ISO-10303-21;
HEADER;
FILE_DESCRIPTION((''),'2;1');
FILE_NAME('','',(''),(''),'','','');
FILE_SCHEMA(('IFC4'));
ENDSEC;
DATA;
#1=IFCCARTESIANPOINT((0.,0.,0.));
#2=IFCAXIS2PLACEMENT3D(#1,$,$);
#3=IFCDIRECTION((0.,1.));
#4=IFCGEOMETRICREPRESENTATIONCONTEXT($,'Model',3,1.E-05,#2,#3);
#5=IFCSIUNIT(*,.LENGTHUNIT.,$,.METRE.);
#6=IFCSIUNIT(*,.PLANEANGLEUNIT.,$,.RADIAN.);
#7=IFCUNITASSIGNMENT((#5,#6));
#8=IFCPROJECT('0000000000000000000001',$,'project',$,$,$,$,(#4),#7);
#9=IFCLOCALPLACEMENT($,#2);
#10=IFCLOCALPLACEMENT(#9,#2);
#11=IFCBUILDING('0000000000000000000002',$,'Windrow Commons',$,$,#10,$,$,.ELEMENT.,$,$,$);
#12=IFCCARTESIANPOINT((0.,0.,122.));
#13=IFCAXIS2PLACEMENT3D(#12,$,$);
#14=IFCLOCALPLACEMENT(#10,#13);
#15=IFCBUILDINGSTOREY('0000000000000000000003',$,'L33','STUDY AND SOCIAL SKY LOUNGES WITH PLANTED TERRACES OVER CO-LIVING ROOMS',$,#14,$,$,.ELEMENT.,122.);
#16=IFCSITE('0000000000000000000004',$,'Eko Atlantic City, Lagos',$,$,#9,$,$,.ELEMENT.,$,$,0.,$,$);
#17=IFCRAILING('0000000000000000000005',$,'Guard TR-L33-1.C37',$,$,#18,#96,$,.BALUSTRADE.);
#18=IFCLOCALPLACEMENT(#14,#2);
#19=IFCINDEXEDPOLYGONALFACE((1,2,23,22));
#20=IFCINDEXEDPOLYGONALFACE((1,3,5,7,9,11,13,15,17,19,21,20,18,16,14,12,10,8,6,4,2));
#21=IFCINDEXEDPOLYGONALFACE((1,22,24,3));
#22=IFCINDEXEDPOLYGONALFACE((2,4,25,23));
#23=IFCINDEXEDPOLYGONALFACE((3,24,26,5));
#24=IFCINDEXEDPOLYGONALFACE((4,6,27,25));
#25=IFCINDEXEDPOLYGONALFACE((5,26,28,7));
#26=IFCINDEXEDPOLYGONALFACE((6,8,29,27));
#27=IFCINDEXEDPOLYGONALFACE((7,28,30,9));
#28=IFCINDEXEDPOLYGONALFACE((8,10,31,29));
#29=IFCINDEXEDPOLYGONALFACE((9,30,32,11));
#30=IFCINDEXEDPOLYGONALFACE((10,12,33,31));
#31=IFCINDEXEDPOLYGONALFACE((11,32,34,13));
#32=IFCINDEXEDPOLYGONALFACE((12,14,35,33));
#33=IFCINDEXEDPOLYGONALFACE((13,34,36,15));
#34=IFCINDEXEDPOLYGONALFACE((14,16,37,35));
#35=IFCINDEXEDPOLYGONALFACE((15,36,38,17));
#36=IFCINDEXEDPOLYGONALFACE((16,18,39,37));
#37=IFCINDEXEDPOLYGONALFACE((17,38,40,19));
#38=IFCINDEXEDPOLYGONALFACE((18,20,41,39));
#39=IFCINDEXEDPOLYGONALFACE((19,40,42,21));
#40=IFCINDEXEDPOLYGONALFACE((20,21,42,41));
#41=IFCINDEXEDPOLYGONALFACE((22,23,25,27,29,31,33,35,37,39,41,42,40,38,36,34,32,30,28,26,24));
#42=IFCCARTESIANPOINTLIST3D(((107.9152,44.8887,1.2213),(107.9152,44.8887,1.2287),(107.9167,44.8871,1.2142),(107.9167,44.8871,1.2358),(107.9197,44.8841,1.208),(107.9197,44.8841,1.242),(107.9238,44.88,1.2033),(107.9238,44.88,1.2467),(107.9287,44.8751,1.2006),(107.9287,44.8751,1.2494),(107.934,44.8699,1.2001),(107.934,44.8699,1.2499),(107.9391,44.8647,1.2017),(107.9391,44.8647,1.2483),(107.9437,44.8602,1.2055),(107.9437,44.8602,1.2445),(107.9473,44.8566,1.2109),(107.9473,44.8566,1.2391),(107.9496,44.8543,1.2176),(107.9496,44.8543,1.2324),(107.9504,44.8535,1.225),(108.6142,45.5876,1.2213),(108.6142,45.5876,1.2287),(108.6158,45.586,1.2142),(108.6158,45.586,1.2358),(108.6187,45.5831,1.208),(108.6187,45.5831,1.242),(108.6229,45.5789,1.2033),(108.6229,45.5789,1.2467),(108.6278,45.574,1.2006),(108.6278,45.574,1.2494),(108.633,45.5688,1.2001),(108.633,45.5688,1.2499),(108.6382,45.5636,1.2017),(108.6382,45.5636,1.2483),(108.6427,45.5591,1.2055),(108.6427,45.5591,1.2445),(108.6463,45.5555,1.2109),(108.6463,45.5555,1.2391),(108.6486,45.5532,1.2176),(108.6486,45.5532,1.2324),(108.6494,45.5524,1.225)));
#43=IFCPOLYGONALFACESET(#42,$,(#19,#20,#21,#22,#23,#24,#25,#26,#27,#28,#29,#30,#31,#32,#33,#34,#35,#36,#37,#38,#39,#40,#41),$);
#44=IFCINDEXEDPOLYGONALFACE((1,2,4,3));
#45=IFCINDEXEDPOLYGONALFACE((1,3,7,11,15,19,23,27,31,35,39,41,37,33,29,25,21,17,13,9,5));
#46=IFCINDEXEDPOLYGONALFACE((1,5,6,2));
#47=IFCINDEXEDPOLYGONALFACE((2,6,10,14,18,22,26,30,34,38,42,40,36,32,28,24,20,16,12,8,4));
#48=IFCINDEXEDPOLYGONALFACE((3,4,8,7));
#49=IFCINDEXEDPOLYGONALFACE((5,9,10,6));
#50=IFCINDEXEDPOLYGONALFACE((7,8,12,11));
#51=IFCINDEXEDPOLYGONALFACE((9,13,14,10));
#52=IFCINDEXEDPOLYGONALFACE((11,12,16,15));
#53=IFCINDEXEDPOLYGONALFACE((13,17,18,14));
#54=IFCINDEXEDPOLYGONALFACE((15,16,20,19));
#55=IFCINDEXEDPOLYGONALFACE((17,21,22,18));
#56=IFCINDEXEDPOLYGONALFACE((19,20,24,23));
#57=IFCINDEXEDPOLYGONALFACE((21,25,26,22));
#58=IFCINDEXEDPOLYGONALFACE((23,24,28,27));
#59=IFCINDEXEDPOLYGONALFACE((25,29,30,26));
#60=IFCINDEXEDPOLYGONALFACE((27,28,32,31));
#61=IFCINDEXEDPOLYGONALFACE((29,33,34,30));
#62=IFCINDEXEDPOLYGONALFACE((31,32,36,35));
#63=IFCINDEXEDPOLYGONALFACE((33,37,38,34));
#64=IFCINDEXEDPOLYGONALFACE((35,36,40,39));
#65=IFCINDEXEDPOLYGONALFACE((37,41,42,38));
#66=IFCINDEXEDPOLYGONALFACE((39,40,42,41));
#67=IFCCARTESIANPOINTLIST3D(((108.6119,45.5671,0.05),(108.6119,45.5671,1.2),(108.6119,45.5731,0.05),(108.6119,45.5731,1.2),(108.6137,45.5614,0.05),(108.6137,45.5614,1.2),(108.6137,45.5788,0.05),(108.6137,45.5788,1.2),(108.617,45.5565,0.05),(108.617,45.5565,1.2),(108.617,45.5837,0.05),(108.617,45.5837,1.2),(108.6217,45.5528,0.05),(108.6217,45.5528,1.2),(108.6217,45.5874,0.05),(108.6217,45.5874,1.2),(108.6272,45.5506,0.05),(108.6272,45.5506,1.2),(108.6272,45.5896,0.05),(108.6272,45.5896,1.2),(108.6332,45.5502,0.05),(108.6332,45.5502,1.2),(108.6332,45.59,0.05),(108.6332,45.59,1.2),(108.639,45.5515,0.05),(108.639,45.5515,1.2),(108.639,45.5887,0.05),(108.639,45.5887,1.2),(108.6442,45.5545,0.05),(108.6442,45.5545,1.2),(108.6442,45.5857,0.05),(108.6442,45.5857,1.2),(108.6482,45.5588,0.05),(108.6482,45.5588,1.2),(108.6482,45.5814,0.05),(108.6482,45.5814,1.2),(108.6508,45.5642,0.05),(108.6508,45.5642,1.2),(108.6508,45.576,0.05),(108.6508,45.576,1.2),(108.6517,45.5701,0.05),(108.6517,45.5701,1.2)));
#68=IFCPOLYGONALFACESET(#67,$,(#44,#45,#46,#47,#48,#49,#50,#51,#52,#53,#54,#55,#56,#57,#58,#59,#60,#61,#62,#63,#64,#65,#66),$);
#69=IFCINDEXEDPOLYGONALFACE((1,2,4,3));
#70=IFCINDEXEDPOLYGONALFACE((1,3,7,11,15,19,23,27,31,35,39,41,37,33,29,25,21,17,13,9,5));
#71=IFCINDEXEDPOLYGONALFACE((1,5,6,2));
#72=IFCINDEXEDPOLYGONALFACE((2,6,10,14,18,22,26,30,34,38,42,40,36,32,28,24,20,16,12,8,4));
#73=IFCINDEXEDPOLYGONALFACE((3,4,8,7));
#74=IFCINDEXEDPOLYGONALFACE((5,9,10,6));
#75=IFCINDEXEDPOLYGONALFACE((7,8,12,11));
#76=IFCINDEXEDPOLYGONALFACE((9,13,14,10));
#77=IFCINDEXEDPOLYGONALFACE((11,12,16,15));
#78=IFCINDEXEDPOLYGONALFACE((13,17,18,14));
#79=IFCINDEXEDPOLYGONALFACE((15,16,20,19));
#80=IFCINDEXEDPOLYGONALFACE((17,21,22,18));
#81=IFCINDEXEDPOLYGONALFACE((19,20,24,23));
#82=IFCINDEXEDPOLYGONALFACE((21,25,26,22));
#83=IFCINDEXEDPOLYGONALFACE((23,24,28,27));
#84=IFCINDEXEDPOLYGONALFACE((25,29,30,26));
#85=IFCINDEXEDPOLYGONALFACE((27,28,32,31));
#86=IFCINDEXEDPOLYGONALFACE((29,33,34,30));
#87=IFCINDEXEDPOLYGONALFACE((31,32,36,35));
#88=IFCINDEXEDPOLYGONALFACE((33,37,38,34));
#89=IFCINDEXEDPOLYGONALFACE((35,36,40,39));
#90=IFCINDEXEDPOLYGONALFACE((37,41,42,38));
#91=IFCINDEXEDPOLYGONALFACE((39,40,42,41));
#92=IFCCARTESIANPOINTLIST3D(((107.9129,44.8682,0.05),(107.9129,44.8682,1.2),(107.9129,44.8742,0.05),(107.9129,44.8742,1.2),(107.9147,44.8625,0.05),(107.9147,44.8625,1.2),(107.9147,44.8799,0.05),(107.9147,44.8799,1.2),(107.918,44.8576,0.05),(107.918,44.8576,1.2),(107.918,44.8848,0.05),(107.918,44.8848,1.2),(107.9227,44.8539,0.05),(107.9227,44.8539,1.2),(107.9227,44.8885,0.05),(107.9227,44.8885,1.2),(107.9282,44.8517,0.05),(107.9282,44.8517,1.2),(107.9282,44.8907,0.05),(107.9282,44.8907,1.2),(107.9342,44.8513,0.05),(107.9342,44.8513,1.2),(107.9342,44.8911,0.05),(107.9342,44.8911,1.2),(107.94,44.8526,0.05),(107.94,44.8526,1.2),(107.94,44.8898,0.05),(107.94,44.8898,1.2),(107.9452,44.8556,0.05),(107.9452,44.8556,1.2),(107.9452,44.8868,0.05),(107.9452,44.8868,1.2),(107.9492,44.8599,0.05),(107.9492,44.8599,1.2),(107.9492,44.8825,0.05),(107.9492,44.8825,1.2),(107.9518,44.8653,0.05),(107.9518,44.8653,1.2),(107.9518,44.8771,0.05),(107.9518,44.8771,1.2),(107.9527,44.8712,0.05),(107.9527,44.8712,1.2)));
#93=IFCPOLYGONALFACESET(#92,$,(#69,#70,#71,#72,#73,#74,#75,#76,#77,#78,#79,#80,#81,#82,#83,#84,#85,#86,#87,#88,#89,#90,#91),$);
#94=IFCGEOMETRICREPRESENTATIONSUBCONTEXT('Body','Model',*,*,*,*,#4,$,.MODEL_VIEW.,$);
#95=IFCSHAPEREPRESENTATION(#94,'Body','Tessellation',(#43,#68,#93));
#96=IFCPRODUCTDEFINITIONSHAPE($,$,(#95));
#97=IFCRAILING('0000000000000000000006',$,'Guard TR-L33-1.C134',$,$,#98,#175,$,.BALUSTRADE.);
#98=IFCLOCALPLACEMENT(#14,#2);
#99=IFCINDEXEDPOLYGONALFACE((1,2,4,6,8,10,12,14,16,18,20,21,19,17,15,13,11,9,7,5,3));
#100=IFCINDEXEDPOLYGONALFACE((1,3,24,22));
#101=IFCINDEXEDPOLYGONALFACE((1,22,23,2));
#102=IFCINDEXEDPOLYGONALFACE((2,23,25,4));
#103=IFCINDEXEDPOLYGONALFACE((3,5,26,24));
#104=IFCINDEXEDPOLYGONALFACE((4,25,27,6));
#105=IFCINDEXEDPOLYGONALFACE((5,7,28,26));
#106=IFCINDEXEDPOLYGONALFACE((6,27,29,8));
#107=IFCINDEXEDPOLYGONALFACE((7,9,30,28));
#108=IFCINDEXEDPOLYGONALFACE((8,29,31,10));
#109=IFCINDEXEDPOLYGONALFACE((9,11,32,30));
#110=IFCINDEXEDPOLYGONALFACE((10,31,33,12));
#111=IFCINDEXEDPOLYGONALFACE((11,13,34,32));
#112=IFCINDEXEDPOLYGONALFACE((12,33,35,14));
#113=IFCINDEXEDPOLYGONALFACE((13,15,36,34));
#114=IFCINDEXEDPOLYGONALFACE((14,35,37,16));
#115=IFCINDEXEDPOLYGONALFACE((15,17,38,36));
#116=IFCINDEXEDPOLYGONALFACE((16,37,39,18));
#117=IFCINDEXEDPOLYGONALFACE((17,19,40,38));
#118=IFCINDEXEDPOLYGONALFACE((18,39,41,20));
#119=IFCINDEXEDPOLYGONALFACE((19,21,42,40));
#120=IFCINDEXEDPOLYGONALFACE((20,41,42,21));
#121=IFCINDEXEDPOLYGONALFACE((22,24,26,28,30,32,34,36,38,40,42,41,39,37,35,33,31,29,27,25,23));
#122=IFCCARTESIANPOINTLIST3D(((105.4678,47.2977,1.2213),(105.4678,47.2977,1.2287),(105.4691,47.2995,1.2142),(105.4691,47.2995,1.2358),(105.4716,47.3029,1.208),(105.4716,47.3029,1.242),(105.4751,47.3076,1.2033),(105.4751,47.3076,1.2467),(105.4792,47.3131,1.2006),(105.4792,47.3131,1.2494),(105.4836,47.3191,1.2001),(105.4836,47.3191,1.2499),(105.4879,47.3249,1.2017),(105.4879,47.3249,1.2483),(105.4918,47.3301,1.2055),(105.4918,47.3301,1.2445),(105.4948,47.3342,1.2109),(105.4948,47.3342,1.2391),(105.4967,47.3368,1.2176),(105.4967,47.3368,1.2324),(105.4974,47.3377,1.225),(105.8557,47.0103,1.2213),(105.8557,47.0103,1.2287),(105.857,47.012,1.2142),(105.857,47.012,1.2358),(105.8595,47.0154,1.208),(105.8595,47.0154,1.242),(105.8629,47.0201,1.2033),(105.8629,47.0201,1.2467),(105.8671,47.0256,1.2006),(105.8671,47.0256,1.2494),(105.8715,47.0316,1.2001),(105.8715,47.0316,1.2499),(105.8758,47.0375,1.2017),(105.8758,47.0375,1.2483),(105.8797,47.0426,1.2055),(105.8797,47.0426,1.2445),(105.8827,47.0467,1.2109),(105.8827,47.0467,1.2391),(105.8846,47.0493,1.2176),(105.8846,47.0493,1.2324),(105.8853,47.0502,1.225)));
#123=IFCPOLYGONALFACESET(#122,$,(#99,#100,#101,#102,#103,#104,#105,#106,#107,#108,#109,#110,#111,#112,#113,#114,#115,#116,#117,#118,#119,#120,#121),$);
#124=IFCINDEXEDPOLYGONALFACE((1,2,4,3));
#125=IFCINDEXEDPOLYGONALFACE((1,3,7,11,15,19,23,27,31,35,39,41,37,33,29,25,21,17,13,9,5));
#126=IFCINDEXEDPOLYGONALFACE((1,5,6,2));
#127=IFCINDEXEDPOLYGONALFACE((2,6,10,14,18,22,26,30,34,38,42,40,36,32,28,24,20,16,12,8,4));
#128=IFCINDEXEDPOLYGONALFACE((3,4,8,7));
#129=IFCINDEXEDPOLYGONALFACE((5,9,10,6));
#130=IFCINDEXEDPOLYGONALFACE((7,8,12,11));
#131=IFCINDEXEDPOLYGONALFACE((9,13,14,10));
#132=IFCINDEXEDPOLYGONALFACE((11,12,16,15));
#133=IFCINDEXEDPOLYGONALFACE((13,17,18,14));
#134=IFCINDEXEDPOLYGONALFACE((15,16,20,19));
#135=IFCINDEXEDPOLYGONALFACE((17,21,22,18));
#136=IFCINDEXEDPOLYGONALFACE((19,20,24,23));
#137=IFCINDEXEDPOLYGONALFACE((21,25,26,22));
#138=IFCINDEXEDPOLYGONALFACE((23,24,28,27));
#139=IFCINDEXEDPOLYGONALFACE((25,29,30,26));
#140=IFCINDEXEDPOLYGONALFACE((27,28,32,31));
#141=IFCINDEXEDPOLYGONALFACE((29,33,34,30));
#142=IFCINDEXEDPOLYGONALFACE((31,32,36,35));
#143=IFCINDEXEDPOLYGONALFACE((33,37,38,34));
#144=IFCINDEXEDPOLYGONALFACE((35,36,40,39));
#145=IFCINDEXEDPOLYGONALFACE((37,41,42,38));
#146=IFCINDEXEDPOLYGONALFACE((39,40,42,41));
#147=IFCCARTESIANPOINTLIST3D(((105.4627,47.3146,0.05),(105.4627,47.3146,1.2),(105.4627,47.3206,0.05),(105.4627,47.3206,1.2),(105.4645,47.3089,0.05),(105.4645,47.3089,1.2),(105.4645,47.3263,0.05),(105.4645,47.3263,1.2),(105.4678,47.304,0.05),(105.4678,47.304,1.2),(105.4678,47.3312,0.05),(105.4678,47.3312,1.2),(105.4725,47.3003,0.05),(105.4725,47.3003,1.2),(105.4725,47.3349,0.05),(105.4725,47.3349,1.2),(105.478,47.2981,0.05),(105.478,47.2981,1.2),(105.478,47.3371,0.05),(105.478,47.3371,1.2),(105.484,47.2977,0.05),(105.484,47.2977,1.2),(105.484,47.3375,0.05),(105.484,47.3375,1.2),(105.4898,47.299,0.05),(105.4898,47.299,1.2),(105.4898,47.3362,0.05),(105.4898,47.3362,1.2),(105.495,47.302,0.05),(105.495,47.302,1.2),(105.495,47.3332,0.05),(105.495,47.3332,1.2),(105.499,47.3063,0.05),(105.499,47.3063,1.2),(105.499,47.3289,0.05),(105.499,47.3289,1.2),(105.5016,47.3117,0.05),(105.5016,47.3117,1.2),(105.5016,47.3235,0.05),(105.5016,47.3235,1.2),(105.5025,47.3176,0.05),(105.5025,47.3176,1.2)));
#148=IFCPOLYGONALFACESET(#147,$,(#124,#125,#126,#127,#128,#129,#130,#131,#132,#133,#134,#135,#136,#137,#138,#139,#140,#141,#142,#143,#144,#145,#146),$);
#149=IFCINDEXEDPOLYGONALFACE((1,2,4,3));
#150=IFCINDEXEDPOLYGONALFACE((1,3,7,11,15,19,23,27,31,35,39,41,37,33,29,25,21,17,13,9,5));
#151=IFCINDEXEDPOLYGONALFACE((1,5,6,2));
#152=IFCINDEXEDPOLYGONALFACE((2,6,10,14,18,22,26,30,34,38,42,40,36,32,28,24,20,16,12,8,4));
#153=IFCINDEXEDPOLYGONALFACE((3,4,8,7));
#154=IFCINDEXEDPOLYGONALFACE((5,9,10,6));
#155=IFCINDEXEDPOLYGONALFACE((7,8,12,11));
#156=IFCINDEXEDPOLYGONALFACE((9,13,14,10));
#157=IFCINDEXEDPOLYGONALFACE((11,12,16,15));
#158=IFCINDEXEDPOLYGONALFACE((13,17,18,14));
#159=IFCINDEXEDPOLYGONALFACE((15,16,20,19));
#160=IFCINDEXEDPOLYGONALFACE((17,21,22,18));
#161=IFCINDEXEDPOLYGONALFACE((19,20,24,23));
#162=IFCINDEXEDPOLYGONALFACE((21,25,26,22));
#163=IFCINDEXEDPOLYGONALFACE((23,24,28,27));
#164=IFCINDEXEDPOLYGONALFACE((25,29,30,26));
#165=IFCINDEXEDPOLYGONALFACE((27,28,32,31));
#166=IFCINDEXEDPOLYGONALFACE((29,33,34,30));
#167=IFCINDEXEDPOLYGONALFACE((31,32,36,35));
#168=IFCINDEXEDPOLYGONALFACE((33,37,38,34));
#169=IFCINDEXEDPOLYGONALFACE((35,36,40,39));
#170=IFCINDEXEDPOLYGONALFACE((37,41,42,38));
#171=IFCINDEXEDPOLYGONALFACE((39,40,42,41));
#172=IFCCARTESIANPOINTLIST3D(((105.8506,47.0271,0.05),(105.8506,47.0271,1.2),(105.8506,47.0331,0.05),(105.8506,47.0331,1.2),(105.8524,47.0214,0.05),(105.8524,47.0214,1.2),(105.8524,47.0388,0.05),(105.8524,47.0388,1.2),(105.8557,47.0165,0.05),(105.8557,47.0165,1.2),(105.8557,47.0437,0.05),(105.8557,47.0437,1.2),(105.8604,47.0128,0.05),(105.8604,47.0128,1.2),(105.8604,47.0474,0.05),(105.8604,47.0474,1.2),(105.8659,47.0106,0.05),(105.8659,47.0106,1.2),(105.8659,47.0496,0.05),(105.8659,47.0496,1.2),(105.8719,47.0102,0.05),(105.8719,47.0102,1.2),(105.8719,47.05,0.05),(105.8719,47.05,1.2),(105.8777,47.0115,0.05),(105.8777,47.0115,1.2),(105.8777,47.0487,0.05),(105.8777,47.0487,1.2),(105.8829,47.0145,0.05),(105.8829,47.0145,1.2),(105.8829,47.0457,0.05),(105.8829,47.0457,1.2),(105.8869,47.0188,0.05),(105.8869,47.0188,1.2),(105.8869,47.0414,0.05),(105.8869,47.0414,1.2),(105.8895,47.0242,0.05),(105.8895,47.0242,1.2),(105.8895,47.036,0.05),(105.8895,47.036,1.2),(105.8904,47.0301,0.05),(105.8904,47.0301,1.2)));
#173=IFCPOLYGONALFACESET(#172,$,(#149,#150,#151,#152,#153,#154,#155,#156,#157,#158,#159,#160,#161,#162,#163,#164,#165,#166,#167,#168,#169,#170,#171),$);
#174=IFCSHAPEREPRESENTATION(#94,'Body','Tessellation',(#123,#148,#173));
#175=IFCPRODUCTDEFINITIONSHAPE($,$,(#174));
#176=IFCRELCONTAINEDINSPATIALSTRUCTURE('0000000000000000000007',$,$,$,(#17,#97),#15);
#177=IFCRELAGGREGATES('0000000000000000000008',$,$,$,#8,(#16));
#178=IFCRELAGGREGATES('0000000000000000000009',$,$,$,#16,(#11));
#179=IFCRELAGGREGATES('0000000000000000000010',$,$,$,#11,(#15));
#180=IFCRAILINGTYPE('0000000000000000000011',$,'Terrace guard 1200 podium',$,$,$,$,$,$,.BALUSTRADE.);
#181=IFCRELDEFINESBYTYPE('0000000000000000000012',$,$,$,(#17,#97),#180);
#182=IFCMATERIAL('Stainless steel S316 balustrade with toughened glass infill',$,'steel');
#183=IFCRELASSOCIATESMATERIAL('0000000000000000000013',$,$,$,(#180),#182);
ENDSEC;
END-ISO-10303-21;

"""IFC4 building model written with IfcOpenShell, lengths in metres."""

from ifc_helpers import new_model, si_unit, direction, frame, origin, origin_2d, place, context, subcontext, project, spatial, circle, extrude, material, type_object, element, save


model = new_model("IFC4")

# Units and contexts
model_context = context("Model", 3, precision=1e-05, world=origin(), true_north=direction((0.0, 1.0)))
body_context = subcontext(model_context, "Body", "Model", "MODEL_VIEW")
ifc_project = project(units=[si_unit("LENGTHUNIT", "METRE"), si_unit("PLANEANGLEUNIT", "RADIAN")], contexts=[model_context])

# Site, building, storey
site_placement = place(None, origin())
site = spatial("IfcSite", under=ifc_project, at=site_placement, Name="Eko Atlantic City, Lagos", CompositionType="ELEMENT", RefElevation=0.0)
building_placement = place(site_placement, origin())
building = spatial("IfcBuilding", under=site, at=building_placement, Name="Windrow Commons", CompositionType="ELEMENT")
storey_placement = place(building_placement, frame((0.0, 0.0, 122.0)))
storey = spatial("IfcBuildingStorey", under=building, at=storey_placement, Name="L33", Description="STUDY AND SOCIAL SKY LOUNGES WITH PLANTED TERRACES OVER CO-LIVING ROOMS", CompositionType="ELEMENT", Elevation=122.0)

# Railings
ifc_material_1 = material(Name="Stainless steel S316 balustrade with toughened glass infill", Category="steel")
railing_type = type_object("IfcRailingType", Name="Terrace guard 1200 podium", PredefinedType="BALUSTRADE", material=ifc_material_1)
railing_1_placement = place(storey_placement, frame((108.6317, 45.5701, 0.05)))
element("IfcRailing", 1, at=railing_1_placement, inside=storey, type_object=railing_type, Name="Guard TR-L33-1.C37", PredefinedType="BALUSTRADE", context=body_context, shape_type="SweptSolid", body=[
    extrude(circle(Radius=0.025, at=origin_2d()), frame((0.0, 0.0, 1.175), z_axis=(-0.707157, -0.707056, 0.0), x_axis=(0.707056, -0.707157, 0.0)), (0.0, 0.0, 1.0), 0.9885),
    extrude(circle(Radius=0.02, at=origin_2d()), origin(), (0.0, 0.0, 1.0), 1.15),
    extrude(circle(Radius=0.02, at=origin_2d()), frame((-0.699, -0.6989, 0.0)), (0.0, 0.0, 1.0), 1.15),
])
railing_2_placement = place(storey_placement, frame((105.4825, 47.3176, 0.05)))
element("IfcRailing", 2, at=railing_2_placement, inside=storey, type_object=railing_type, Name="Guard TR-L33-1.C134", PredefinedType="BALUSTRADE", context=body_context, shape_type="SweptSolid", body=[
    extrude(circle(Radius=0.025, at=origin_2d()), frame((0.0, 0.0, 1.175), z_axis=(0.803392, -0.59545, 0.0), x_axis=(0.59545, 0.803392, 0.0)), (0.0, 0.0, 1.0), 0.4828),
    extrude(circle(Radius=0.02, at=origin_2d()), origin(), (0.0, 0.0, 1.0), 1.15),
    extrude(circle(Radius=0.02, at=origin_2d()), frame((0.3879, -0.2875, 0.0)), (0.0, 0.0, 1.0), 1.15),
])

save(model, "model.ifc")
